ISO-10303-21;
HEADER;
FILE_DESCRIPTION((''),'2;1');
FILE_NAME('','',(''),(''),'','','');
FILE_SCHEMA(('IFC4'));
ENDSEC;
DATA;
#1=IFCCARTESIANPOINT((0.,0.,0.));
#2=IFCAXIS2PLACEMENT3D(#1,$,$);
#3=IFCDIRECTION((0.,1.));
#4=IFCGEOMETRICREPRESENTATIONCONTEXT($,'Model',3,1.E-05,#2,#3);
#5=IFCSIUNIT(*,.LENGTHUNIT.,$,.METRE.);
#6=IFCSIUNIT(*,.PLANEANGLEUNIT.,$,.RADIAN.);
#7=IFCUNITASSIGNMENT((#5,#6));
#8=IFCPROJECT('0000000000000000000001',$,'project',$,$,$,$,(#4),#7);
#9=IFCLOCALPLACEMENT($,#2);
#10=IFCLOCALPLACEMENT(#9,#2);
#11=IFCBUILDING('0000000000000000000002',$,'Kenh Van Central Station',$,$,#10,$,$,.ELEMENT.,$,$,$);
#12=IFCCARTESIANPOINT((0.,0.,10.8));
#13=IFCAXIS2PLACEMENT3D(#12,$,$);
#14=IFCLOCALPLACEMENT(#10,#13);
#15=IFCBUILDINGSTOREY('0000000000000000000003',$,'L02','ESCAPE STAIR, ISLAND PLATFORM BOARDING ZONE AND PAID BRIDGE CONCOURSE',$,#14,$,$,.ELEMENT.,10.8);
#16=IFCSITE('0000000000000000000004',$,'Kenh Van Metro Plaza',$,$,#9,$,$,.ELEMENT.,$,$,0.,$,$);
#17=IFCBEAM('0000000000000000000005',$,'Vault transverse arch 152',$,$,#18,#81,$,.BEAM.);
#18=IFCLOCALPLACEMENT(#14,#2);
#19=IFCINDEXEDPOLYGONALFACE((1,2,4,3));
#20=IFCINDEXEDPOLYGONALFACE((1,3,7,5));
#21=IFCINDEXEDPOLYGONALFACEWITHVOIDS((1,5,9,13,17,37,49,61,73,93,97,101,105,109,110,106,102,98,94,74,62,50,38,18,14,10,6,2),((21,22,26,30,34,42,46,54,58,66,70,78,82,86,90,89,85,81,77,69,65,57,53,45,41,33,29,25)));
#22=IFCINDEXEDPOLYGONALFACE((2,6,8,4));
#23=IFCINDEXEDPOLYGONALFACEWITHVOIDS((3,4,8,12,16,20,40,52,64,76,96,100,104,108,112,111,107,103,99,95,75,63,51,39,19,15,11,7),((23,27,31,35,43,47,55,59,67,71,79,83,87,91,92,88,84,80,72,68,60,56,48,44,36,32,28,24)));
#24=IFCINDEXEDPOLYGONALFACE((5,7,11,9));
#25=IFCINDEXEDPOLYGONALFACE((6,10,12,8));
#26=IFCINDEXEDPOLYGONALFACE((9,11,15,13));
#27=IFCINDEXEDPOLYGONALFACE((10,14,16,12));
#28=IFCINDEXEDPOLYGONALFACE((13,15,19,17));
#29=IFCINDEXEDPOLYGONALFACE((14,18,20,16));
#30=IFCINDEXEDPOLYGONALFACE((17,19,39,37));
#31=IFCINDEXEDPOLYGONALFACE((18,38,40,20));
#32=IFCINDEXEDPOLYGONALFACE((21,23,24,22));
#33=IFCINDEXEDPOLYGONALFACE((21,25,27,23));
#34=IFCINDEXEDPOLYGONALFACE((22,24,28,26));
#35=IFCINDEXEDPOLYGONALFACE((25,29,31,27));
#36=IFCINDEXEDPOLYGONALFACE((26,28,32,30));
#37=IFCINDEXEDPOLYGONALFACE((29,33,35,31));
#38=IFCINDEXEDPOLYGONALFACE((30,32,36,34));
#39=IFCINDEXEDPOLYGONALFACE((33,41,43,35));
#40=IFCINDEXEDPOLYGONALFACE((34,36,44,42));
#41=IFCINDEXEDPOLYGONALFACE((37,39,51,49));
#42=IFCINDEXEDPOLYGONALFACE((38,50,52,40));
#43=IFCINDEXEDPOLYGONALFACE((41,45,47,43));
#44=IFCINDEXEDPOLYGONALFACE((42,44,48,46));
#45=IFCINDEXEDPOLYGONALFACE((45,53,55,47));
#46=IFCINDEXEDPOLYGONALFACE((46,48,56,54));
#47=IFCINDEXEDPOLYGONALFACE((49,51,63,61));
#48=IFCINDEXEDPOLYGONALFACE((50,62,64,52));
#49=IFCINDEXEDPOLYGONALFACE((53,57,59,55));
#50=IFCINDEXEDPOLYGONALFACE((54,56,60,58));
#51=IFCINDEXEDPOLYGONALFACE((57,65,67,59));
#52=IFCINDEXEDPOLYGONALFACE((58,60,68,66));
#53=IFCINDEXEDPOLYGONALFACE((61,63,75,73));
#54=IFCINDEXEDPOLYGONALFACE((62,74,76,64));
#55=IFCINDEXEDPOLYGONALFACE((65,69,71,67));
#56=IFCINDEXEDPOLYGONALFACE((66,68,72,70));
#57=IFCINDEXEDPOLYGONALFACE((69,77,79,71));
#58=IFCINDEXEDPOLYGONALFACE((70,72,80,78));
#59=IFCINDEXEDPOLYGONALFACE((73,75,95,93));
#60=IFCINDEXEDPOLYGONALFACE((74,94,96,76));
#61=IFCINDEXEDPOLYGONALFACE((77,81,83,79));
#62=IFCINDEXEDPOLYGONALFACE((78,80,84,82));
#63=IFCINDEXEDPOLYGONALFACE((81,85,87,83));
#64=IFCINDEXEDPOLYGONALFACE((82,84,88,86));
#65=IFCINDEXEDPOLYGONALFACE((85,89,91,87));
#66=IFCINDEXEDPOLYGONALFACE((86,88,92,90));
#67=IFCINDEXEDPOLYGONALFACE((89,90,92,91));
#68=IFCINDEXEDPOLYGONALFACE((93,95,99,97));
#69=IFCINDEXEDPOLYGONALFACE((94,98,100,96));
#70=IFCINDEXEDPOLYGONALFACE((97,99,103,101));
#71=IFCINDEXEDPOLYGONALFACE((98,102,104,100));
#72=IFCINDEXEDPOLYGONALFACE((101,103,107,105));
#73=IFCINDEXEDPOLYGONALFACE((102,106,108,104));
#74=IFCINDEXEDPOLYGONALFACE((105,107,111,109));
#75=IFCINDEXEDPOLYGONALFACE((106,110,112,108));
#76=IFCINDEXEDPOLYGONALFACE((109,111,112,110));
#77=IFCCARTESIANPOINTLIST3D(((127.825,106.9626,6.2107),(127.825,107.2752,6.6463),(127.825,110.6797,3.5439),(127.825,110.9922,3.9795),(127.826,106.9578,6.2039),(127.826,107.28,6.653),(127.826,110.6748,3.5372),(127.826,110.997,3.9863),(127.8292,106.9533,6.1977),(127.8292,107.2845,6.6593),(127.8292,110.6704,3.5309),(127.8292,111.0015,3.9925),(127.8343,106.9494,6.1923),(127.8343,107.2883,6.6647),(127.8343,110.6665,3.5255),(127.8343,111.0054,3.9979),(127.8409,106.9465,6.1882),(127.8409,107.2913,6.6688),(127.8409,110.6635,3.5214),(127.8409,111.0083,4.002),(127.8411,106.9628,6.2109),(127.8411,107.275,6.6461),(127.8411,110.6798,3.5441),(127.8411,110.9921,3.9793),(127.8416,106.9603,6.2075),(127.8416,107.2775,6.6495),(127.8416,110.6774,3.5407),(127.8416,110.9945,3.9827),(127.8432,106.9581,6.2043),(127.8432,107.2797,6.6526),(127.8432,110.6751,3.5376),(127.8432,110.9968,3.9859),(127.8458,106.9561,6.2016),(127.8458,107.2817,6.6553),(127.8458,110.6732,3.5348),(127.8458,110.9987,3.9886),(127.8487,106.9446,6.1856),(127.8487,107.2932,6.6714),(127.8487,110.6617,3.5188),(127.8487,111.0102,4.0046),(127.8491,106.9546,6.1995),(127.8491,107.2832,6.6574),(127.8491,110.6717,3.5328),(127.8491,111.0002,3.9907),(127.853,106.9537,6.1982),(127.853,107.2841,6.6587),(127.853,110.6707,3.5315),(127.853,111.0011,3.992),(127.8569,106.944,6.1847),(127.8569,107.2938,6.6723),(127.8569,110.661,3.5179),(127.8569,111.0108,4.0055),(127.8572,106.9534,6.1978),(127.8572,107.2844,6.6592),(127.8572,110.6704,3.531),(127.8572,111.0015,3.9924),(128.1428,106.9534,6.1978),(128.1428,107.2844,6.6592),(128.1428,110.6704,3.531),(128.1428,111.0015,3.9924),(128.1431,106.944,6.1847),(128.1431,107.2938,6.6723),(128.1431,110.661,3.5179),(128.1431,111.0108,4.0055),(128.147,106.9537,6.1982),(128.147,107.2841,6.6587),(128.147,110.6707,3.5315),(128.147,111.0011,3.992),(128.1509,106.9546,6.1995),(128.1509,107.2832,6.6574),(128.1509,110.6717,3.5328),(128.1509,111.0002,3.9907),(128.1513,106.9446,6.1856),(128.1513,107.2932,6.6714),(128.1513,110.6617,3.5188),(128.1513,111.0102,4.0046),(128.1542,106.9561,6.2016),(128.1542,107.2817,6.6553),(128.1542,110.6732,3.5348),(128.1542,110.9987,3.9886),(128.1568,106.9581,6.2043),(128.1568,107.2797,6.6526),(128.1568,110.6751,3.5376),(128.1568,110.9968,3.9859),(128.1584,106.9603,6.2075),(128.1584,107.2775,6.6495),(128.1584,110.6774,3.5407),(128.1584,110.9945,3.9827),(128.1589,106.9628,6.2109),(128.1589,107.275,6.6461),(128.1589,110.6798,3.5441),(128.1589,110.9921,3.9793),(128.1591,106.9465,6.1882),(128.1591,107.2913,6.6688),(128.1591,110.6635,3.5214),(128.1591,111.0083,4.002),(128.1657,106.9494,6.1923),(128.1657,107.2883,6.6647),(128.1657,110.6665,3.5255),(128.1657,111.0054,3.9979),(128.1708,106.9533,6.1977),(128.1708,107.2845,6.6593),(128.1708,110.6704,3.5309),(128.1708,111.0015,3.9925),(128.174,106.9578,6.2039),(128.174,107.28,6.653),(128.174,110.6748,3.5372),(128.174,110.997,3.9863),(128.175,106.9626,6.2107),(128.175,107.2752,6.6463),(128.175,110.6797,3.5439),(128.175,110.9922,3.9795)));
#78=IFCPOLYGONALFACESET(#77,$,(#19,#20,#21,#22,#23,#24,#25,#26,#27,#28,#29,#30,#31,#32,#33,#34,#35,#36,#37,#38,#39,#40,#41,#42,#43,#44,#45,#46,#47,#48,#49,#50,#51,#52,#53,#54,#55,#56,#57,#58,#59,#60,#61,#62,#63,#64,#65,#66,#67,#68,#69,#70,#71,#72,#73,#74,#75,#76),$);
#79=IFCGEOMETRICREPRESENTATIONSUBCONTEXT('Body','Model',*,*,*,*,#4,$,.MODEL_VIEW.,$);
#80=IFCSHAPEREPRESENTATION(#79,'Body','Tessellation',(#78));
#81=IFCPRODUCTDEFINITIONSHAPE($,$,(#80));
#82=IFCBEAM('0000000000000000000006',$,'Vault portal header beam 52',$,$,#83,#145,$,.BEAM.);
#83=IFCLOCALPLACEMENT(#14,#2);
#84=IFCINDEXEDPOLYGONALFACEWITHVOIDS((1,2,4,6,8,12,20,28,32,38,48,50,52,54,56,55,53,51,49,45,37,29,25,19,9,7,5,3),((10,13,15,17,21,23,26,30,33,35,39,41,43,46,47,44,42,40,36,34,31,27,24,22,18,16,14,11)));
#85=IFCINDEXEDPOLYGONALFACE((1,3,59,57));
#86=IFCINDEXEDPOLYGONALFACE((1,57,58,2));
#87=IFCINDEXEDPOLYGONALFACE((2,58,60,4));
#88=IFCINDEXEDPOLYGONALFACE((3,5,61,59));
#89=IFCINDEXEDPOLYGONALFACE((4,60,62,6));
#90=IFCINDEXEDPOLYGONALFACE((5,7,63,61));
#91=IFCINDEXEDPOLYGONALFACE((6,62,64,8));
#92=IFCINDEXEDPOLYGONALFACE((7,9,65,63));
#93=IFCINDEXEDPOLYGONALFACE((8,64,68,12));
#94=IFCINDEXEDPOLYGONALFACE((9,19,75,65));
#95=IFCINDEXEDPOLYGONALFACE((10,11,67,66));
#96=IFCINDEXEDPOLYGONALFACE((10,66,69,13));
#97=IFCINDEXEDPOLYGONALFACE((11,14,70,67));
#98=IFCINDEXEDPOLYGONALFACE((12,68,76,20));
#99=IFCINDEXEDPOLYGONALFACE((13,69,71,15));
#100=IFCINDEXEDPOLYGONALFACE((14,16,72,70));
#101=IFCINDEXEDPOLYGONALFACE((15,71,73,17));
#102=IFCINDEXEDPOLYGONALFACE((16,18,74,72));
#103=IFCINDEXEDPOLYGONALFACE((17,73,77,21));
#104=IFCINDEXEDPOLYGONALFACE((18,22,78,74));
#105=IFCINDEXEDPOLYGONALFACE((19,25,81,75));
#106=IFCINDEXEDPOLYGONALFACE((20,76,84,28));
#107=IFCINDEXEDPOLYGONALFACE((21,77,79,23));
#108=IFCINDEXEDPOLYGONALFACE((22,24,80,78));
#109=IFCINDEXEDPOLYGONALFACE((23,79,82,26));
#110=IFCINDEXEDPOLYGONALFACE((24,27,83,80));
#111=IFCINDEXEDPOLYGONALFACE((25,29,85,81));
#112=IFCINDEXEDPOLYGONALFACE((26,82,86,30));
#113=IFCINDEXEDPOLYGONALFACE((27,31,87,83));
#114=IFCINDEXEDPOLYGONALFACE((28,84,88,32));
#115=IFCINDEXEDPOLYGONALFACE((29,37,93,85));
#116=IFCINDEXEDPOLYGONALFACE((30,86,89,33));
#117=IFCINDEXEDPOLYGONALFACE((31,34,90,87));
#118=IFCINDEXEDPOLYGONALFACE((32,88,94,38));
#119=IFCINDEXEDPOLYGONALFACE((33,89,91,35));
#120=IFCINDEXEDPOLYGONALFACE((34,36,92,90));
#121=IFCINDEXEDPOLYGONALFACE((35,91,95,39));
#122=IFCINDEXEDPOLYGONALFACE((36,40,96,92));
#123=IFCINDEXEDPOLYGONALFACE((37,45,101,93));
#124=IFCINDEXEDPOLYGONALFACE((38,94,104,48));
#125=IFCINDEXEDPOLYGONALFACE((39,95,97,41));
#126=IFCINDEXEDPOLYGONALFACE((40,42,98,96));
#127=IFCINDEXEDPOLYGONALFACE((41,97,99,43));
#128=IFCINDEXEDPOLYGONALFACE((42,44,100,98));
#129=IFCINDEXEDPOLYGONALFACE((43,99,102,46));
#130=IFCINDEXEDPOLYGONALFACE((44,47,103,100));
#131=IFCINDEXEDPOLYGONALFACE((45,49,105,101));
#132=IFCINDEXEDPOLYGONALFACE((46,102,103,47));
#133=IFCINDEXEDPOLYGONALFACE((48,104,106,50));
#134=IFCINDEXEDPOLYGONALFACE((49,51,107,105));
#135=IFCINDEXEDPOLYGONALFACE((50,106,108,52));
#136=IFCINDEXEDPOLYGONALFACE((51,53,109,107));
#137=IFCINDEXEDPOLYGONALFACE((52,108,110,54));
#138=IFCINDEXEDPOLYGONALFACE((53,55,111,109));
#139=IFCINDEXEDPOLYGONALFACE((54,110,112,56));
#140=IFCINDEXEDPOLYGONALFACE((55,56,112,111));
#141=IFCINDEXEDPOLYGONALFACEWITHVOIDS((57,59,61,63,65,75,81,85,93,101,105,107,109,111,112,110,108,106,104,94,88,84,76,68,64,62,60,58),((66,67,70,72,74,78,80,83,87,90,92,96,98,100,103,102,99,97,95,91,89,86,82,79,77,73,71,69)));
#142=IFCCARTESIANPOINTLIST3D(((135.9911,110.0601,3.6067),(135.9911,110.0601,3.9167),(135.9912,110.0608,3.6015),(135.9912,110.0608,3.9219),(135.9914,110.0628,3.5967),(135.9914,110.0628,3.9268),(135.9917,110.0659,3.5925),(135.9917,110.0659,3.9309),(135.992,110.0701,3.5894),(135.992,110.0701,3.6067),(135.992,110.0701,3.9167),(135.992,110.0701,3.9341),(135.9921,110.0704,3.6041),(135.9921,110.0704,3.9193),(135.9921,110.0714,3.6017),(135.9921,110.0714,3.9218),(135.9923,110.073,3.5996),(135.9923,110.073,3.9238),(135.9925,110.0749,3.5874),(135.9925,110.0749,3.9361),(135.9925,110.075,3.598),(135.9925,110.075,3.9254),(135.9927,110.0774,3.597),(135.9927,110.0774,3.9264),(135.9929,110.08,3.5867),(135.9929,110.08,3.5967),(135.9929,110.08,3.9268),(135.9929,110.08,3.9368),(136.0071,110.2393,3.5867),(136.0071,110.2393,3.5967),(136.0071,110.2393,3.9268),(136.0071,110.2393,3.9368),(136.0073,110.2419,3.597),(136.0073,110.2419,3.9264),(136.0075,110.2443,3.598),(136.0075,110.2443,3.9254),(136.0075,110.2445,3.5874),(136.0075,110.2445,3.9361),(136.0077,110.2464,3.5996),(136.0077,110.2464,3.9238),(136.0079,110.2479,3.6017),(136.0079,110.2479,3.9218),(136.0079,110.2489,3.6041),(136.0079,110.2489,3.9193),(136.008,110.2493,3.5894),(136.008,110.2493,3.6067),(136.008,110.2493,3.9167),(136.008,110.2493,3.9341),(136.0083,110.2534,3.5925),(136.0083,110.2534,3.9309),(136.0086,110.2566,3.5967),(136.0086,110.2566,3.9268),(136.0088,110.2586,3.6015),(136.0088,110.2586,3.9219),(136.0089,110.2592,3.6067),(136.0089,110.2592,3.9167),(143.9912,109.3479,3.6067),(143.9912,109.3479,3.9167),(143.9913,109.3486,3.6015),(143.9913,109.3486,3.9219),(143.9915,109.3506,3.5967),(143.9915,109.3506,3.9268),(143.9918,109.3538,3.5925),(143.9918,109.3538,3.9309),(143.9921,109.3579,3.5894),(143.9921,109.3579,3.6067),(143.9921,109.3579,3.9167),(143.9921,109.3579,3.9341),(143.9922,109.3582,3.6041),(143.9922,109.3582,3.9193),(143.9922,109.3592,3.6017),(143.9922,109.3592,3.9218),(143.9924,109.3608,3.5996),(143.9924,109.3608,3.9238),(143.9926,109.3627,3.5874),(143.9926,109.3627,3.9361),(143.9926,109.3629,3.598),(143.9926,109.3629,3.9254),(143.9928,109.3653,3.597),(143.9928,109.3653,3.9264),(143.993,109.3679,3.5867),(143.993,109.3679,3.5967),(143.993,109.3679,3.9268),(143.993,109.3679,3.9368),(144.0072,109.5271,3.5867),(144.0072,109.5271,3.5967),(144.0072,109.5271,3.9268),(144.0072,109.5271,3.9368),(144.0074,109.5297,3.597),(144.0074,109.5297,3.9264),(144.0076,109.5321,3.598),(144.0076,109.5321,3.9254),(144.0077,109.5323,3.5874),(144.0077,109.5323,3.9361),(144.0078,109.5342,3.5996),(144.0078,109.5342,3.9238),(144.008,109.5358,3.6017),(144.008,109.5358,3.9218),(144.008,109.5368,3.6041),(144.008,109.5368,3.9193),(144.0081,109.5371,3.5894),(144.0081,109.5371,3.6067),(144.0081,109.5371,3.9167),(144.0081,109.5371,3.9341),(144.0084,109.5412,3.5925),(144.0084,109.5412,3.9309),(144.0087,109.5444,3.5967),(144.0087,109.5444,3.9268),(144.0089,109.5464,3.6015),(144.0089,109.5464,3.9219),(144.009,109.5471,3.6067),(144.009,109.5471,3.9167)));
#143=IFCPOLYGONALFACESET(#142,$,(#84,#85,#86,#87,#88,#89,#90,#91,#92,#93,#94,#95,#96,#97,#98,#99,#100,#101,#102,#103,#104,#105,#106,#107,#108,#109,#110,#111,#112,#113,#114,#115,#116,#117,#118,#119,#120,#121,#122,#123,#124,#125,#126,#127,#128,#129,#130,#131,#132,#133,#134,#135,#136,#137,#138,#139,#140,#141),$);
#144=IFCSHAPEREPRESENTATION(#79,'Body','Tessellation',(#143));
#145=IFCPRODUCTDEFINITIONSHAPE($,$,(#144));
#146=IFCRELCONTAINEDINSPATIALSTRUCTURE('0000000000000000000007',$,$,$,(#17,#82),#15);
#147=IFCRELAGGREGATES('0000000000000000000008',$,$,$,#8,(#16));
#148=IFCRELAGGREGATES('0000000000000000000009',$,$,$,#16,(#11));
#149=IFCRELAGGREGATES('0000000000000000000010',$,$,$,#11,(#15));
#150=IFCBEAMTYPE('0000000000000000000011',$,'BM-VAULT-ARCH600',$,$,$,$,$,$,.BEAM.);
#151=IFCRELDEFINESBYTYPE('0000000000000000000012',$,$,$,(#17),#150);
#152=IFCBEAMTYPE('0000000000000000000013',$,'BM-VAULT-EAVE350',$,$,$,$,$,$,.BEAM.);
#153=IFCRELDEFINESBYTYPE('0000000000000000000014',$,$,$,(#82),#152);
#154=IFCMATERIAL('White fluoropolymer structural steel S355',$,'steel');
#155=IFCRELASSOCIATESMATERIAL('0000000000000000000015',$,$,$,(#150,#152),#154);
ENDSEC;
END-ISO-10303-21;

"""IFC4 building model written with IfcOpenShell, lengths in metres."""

from ifc_helpers import new_model, si_unit, direction, frame, origin, origin_2d, place, context, subcontext, project, spatial, hollow_rectangle, extrude, material, material_profile, profile_set, type_object, element, save


model = new_model("IFC4")

# Units and contexts
model_context = context("Model", 3, precision=1e-05, world=origin(), true_north=direction((0.0, 1.0)))
body_context = subcontext(model_context, "Body", "Model", "MODEL_VIEW")
ifc_project = project(units=[si_unit("LENGTHUNIT", "METRE"), si_unit("PLANEANGLEUNIT", "RADIAN")], contexts=[model_context])

# Site, building, storey
site_placement = place(None, origin())
site = spatial("IfcSite", under=ifc_project, at=site_placement, Name="Kenh Van Metro Plaza", CompositionType="ELEMENT", RefElevation=0.0)
building_placement = place(site_placement, origin())
building = spatial("IfcBuilding", under=site, at=building_placement, Name="Kenh Van Central Station", CompositionType="ELEMENT")
storey_placement = place(building_placement, frame((0.0, 0.0, 10.8)))
storey = spatial("IfcBuildingStorey", under=building, at=storey_placement, Name="L02", Description="ESCAPE STAIR, ISLAND PLATFORM BOARDING ZONE AND PAID BRIDGE CONCOURSE", CompositionType="ELEMENT", Elevation=10.8)

# Beams
ifc_material_1 = material(Name="White fluoropolymer structural steel S355", Category="steel")
ifc_material_profile_1 = material_profile(ifc_material_1, hollow_rectangle(XDim=0.3501, YDim=0.6001, WallThickness=0.0161, InnerFilletRadius=0.0161, OuterFilletRadius=0.032, at=origin_2d()), Name="RHS 600x350x16")
ifc_profile_set_1 = profile_set([ifc_material_profile_1], Name="White fluoropolymer structural steel S355")
beam_type_1 = type_object("IfcBeamType", Name="BM-VAULT-ARCH600", PredefinedType="BEAM", material=ifc_profile_set_1)
beam_1_placement = place(storey_placement, frame((128.0, 107.1189, 6.4285), z_axis=(0.0, 0.81252, -0.582933), x_axis=(-1.0, 0.0, 0.0)))
element("IfcBeam", 1, at=beam_1_placement, inside=storey, type_object=beam_type_1, Name="Vault transverse arch 152", PredefinedType="BEAM", context=body_context, shape_type="SweptSolid", body=[
    extrude(hollow_rectangle(XDim=0.3501, YDim=0.6001, WallThickness=0.0161, InnerFilletRadius=0.0161, OuterFilletRadius=0.032, at=origin_2d()), origin(), (0.0, 0.0, 1.0), 4.5747),
])
ifc_material_profile_2 = material_profile(ifc_material_1, hollow_rectangle(XDim=0.2, YDim=0.3501, WallThickness=0.01, InnerFilletRadius=0.01, OuterFilletRadius=0.02, at=origin_2d()), Name="RHS 350x200x10")
ifc_profile_set_2 = profile_set([ifc_material_profile_2], Name="White fluoropolymer structural steel S355")
beam_type_2 = type_object("IfcBeamType", Name="BM-VAULT-EAVE350", PredefinedType="BEAM", material=ifc_profile_set_2)
beam_2_placement = place(storey_placement, frame((136.0, 110.1597, 3.7617), z_axis=(0.996061, -0.088669, 0.0), x_axis=(0.088669, 0.996061, 0.0)))
element("IfcBeam", 2, at=beam_2_placement, inside=storey, type_object=beam_type_2, Name="Vault portal header beam 52", PredefinedType="BEAM", context=body_context, shape_type="SweptSolid", body=[
    extrude(hollow_rectangle(XDim=0.2, YDim=0.3501, WallThickness=0.01, InnerFilletRadius=0.01, OuterFilletRadius=0.02, at=origin_2d()), origin(), (0.0, 0.0, 1.0), 8.0317),
])

save(model, "model.ifc")
